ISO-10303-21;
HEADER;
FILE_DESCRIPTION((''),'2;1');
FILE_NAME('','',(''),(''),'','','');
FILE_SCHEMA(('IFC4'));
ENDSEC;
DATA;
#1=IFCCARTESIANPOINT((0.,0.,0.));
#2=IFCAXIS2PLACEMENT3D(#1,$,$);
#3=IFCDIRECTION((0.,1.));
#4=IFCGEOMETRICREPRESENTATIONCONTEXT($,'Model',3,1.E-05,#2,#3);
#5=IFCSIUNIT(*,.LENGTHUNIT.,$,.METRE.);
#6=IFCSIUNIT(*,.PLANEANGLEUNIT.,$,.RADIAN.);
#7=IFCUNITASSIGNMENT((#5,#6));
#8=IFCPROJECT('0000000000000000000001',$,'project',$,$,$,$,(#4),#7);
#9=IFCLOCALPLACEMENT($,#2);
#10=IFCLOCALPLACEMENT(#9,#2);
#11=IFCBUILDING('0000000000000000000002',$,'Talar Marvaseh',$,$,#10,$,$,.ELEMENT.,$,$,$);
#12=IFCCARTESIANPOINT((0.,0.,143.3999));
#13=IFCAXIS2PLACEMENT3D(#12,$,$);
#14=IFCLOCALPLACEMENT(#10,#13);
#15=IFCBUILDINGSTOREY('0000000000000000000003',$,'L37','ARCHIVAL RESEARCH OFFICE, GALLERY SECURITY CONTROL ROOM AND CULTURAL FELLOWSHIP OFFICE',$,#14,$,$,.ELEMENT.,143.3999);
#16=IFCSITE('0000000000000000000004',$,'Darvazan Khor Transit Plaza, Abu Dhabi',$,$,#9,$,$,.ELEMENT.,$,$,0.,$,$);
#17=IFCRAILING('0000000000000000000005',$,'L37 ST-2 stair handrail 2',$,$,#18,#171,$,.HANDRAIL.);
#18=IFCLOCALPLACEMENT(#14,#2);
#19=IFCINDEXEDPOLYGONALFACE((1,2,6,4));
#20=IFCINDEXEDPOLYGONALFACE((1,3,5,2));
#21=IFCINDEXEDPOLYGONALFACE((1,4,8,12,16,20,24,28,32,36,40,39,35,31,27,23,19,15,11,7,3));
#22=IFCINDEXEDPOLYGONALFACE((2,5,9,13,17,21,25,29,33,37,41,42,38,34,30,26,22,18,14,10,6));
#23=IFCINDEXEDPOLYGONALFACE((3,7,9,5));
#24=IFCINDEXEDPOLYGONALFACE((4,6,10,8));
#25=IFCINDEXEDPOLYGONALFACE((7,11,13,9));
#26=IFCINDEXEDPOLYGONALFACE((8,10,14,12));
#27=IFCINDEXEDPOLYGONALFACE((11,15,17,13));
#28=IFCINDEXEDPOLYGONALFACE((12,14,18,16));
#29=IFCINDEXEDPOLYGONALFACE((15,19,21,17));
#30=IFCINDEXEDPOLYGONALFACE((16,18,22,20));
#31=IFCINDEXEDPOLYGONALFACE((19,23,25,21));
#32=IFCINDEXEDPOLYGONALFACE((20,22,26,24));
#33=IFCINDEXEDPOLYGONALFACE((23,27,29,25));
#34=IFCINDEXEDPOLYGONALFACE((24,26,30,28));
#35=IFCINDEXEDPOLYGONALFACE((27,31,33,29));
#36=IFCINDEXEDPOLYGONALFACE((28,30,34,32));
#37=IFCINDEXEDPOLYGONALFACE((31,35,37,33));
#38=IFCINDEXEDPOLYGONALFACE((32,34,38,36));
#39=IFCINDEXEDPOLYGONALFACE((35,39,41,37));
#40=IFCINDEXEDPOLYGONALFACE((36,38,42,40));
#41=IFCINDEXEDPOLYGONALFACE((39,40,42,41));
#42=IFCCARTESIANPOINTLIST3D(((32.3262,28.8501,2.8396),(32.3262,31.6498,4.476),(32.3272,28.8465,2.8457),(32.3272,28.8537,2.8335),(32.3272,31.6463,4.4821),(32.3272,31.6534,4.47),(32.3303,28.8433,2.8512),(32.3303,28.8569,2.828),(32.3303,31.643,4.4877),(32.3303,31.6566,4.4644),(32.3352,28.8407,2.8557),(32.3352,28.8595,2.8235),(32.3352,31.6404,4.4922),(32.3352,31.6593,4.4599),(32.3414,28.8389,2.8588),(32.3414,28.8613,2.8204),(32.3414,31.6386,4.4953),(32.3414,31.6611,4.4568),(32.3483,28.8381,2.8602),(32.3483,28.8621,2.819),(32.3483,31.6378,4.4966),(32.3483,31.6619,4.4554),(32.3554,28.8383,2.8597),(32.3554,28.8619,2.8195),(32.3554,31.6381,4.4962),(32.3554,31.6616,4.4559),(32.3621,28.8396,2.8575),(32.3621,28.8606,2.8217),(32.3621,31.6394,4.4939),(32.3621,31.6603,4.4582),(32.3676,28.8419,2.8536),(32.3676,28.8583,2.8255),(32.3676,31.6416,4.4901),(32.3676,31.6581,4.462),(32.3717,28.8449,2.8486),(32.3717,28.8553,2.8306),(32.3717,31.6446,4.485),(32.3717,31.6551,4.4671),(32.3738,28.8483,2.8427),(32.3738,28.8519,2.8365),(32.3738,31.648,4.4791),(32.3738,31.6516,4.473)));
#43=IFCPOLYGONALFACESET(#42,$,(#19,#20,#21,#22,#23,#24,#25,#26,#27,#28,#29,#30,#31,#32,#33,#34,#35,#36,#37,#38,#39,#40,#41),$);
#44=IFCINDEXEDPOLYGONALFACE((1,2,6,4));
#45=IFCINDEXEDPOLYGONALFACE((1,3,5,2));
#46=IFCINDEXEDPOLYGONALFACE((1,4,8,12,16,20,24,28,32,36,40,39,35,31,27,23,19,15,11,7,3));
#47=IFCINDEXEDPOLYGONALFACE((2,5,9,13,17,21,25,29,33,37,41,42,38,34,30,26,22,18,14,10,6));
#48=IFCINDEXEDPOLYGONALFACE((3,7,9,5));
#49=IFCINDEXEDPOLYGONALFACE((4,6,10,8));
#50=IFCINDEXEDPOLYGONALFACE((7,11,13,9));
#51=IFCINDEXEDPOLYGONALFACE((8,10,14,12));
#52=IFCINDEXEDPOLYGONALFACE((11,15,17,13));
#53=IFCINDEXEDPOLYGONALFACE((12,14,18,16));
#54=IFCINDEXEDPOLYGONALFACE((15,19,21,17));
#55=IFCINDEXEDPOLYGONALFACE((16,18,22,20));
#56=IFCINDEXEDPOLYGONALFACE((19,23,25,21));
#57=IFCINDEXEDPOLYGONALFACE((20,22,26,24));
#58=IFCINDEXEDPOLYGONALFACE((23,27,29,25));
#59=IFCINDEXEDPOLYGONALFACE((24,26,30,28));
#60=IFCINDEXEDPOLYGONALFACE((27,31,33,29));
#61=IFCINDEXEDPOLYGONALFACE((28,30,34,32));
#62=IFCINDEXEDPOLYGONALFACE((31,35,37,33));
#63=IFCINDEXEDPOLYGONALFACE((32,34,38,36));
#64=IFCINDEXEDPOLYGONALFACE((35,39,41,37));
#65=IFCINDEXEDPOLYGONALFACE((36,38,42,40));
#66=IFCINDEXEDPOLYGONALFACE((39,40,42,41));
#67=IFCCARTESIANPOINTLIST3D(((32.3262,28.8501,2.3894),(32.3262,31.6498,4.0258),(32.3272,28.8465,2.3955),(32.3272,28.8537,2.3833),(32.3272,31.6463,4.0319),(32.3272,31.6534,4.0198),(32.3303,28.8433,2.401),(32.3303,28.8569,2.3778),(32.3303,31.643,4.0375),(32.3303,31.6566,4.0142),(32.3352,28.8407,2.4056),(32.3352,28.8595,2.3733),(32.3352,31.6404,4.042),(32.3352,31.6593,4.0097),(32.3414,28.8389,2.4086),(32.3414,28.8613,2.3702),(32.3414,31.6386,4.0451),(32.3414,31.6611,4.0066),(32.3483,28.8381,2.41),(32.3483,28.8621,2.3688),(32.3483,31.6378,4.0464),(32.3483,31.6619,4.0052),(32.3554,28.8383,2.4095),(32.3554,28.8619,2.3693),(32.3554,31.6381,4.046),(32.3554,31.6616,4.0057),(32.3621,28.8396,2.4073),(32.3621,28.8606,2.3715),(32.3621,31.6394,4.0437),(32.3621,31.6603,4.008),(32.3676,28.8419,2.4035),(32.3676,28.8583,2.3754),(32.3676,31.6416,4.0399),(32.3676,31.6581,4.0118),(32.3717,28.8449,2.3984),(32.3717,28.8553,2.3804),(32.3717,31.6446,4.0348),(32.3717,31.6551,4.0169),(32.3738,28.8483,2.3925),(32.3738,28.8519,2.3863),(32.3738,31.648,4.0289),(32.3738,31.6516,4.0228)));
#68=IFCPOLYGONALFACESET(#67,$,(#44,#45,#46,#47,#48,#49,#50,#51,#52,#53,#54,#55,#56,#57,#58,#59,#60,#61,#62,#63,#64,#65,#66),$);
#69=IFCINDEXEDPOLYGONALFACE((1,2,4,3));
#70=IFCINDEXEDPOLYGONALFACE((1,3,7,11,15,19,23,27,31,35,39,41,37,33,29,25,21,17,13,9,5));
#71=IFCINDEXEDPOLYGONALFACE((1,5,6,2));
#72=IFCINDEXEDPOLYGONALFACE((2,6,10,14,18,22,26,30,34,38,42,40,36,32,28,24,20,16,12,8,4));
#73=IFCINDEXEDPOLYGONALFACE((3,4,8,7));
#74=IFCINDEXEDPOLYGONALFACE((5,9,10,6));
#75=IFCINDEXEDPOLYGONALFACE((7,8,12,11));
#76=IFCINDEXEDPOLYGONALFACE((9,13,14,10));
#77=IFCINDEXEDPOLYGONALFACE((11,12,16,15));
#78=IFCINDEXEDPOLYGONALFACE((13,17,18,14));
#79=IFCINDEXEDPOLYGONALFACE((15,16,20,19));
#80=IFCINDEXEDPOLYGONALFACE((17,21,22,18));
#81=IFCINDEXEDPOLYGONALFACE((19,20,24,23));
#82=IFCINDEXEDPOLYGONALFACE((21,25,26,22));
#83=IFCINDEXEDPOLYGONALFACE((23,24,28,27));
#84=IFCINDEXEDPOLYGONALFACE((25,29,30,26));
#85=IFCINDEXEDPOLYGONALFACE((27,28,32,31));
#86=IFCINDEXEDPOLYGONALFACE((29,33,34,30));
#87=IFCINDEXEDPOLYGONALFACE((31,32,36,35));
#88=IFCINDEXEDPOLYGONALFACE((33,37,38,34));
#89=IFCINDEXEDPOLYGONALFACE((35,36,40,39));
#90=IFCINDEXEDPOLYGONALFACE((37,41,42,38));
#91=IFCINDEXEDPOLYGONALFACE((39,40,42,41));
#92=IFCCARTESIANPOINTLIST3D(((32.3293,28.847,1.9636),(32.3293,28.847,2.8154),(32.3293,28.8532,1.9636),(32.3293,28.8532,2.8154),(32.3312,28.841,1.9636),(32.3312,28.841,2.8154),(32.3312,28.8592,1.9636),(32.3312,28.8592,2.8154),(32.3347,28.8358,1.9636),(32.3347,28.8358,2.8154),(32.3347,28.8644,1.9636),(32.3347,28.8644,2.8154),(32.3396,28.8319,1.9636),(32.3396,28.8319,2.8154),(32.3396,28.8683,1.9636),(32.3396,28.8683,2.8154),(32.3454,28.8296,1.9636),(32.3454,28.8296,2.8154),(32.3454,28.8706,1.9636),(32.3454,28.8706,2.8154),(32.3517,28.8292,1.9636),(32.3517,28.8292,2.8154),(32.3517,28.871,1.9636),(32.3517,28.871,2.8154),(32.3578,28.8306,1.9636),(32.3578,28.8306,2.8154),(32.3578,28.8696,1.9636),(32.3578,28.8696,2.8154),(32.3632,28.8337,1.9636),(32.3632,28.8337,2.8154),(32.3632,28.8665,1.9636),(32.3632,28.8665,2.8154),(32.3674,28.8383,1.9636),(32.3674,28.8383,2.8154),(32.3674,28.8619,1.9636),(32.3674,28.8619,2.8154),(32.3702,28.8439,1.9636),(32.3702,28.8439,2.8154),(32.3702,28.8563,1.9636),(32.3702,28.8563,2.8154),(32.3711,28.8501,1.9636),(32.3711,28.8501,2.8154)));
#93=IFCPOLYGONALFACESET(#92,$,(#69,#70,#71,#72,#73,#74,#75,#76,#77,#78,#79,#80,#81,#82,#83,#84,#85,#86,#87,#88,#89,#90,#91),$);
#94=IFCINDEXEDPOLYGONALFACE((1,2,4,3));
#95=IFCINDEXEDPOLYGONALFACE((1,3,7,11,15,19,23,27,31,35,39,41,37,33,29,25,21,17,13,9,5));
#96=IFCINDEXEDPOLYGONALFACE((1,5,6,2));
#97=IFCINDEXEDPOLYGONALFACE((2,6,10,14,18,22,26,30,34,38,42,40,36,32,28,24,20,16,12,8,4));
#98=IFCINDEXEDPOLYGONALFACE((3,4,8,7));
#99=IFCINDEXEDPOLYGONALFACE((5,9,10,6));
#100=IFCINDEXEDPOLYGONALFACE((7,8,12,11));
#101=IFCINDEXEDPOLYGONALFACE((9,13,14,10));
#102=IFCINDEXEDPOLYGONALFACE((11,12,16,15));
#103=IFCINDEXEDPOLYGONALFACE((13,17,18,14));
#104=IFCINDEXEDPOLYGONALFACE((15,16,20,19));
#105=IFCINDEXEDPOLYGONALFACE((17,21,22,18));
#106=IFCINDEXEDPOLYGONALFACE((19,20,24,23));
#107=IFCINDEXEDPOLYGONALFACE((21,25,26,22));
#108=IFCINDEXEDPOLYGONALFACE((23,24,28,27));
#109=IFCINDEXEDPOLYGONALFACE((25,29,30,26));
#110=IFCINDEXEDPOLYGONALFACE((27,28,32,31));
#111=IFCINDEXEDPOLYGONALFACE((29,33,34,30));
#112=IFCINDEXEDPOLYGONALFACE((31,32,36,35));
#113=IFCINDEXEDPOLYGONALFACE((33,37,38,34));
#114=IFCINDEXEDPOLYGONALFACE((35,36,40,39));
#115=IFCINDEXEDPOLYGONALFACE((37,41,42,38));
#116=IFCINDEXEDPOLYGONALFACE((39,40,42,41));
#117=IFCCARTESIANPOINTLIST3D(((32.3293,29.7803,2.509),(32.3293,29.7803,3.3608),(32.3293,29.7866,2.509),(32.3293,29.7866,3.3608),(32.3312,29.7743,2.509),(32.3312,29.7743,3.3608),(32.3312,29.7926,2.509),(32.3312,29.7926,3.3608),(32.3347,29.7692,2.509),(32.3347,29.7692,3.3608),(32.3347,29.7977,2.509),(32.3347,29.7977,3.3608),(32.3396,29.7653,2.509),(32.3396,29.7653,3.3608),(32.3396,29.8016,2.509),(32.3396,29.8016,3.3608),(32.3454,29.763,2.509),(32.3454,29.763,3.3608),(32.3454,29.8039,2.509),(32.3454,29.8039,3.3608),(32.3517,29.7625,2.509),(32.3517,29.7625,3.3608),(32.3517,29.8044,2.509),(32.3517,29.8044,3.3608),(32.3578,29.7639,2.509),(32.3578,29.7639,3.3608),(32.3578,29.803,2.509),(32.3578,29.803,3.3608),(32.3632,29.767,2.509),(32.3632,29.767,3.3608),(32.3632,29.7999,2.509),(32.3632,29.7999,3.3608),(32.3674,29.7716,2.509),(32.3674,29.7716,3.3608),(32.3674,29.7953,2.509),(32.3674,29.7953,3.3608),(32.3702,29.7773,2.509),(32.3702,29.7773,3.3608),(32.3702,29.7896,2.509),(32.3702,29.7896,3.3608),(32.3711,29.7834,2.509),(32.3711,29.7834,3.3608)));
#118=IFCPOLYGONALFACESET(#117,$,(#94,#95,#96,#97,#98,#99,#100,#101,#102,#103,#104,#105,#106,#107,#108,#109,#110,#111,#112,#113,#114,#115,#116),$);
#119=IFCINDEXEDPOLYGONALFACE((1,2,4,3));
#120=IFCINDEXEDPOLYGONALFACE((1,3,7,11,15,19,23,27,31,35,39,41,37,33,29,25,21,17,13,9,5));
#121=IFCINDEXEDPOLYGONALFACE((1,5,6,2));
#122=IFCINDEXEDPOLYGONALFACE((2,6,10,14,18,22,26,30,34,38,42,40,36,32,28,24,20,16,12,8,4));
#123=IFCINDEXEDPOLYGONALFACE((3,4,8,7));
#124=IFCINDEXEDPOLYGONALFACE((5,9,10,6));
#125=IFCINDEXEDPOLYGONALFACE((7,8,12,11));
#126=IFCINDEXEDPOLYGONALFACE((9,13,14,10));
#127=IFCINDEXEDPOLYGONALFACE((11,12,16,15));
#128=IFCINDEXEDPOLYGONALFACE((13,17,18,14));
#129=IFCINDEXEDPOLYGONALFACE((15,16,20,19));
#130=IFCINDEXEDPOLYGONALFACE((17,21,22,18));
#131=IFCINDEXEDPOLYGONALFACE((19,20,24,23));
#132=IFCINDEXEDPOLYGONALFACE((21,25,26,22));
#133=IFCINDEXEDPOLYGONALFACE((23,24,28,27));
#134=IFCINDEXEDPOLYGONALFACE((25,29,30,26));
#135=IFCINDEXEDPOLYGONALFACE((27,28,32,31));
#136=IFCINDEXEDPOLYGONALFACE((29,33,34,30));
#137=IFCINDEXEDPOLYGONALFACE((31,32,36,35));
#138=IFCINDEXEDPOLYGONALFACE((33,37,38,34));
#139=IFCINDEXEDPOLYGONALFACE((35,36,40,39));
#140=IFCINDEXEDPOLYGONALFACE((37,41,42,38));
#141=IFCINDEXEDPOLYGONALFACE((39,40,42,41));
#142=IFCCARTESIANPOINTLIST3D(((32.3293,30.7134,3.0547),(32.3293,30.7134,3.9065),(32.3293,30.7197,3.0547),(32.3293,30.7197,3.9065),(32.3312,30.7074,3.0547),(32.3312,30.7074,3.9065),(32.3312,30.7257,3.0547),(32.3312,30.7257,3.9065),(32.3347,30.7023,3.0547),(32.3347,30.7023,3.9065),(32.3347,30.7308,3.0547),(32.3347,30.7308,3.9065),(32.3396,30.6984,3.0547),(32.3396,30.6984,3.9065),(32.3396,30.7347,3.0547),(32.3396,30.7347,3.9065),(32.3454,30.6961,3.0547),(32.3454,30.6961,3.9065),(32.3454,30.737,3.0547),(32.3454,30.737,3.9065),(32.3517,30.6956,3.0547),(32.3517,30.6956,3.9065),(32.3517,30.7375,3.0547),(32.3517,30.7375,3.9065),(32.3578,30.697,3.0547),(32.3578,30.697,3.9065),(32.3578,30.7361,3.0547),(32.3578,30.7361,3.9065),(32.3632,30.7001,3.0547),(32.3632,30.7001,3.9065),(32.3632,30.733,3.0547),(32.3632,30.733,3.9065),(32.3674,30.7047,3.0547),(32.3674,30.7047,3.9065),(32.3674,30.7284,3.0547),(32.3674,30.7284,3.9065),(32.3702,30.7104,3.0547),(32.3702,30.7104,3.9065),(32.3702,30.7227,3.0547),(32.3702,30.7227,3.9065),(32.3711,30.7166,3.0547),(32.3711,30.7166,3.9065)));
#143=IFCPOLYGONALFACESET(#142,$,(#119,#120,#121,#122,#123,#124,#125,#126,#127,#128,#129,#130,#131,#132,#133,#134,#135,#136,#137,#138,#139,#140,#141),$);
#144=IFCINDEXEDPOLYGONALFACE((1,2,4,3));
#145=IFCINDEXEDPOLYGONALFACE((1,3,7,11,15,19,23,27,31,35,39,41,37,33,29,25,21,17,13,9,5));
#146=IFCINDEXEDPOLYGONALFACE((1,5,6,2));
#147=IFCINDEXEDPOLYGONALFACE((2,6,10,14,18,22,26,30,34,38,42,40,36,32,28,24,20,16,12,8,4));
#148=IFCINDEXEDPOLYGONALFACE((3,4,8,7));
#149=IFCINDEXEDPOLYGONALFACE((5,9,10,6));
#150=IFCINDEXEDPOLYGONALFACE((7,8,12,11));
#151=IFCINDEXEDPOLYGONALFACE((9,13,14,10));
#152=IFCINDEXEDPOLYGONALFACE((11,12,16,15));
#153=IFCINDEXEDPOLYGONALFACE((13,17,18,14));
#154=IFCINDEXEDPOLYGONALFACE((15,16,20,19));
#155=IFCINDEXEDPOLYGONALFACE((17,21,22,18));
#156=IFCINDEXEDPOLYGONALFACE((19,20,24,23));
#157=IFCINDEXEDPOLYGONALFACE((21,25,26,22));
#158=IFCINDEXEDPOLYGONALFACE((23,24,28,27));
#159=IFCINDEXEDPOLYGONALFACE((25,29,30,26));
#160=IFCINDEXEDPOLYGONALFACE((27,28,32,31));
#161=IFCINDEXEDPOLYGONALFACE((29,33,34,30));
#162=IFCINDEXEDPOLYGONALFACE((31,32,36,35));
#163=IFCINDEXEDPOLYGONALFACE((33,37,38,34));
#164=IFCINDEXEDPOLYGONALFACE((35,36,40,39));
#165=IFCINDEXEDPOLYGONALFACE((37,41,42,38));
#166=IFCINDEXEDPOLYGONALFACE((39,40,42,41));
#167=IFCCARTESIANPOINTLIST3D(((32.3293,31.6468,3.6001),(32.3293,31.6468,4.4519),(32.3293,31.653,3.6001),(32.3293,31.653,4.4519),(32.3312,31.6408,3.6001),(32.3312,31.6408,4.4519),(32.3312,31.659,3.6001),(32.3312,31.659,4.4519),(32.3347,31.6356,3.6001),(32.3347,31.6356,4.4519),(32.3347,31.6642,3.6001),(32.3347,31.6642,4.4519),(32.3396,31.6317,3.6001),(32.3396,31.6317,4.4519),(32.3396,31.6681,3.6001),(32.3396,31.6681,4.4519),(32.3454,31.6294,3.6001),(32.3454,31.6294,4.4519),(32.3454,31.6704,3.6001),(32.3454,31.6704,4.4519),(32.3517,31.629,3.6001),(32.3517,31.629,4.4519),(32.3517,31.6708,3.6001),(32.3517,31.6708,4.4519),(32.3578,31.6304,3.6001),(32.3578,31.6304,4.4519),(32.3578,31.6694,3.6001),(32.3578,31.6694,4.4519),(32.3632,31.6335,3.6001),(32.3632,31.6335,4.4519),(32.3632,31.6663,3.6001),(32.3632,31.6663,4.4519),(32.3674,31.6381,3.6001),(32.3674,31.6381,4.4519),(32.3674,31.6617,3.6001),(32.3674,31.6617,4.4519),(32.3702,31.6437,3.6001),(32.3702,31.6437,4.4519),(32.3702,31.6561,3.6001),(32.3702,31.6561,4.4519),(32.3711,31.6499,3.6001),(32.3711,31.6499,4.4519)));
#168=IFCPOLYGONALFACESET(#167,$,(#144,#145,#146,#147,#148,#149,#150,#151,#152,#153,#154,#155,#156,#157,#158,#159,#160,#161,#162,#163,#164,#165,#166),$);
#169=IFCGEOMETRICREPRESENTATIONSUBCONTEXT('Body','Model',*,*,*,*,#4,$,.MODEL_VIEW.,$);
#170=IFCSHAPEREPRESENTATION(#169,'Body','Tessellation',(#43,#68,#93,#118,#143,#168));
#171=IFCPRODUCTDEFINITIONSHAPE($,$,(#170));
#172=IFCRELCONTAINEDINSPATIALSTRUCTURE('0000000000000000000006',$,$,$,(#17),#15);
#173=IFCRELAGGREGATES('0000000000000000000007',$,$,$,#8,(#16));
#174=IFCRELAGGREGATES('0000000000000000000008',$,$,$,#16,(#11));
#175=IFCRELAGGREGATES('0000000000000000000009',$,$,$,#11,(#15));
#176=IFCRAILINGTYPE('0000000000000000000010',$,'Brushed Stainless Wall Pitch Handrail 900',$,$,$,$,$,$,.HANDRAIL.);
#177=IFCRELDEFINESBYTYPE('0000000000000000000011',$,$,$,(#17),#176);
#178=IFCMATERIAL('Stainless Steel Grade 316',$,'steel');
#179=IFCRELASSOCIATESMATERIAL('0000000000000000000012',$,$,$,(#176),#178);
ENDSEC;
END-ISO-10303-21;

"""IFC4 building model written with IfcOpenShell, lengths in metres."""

from ifc_helpers import new_model, si_unit, direction, frame, origin, origin_2d, place, context, subcontext, project, spatial, circle, extrude, material, type_object, element, save


model = new_model("IFC4")

# Units and contexts
model_context = context("Model", 3, precision=1e-05, world=origin(), true_north=direction((0.0, 1.0)))
body_context = subcontext(model_context, "Body", "Model", "MODEL_VIEW")
ifc_project = project(units=[si_unit("LENGTHUNIT", "METRE"), si_unit("PLANEANGLEUNIT", "RADIAN")], contexts=[model_context])

# Site, building, storey
site_placement = place(None, origin())
site = spatial("IfcSite", under=ifc_project, at=site_placement, Name="Darvazan Khor Transit Plaza, Abu Dhabi", CompositionType="ELEMENT", RefElevation=0.0)
building_placement = place(site_placement, origin())
building = spatial("IfcBuilding", under=site, at=building_placement, Name="Talar Marvaseh", CompositionType="ELEMENT")
storey_placement = place(building_placement, frame((0.0, 0.0, 143.3999)))
storey = spatial("IfcBuildingStorey", under=building, at=storey_placement, Name="L37", Description="ARCHIVAL RESEARCH OFFICE, GALLERY SECURITY CONTROL ROOM AND CULTURAL FELLOWSHIP OFFICE", CompositionType="ELEMENT", Elevation=143.3999)

# Shared definitions
ifc_material_1 = material(Name="Stainless Steel Grade 316", Category="steel")

# Railing
railing_type_1 = type_object("IfcRailingType", Name="Brushed Stainless Wall Pitch Handrail 900", PredefinedType="HANDRAIL", material=ifc_material_1)
railing_1_placement = place(storey_placement, frame((32.3501, 28.8501, 1.9636)))
element("IfcRailing", 1, at=railing_1_placement, inside=storey, type_object=railing_type_1, Name="L37 ST-2 stair handrail 2", PredefinedType="HANDRAIL", context=body_context, shape_type="SweptSolid", body=[
    extrude(circle(Radius=0.0239, at=origin_2d()), frame((0.0, 0.0, 0.876), z_axis=(0.0, 0.863342, 0.50462), x_axis=(-1.0, 0.0, 0.0)), (0.0, 0.0, 1.0), 3.2429),
    extrude(circle(Radius=0.0239, at=origin_2d()), frame((0.0, 0.0, 0.4258), z_axis=(0.0, 0.863342, 0.50462), x_axis=(-1.0, 0.0, 0.0)), (0.0, 0.0, 1.0), 3.2429),
    extrude(circle(Radius=0.021, at=origin_2d()), origin(), (0.0, 0.0, 1.0), 0.8518),
    extrude(circle(Radius=0.021, at=origin_2d()), frame((0.0, 0.9333, 0.5454)), (0.0, 0.0, 1.0), 0.8518),
    extrude(circle(Radius=0.021, at=origin_2d()), frame((0.0, 1.8665, 1.0911)), (0.0, 0.0, 1.0), 0.8518),
    extrude(circle(Radius=0.021, at=origin_2d()), frame((0.0, 2.7998, 1.6365)), (0.0, 0.0, 1.0), 0.8518),
])

save(model, "model.ifc")
